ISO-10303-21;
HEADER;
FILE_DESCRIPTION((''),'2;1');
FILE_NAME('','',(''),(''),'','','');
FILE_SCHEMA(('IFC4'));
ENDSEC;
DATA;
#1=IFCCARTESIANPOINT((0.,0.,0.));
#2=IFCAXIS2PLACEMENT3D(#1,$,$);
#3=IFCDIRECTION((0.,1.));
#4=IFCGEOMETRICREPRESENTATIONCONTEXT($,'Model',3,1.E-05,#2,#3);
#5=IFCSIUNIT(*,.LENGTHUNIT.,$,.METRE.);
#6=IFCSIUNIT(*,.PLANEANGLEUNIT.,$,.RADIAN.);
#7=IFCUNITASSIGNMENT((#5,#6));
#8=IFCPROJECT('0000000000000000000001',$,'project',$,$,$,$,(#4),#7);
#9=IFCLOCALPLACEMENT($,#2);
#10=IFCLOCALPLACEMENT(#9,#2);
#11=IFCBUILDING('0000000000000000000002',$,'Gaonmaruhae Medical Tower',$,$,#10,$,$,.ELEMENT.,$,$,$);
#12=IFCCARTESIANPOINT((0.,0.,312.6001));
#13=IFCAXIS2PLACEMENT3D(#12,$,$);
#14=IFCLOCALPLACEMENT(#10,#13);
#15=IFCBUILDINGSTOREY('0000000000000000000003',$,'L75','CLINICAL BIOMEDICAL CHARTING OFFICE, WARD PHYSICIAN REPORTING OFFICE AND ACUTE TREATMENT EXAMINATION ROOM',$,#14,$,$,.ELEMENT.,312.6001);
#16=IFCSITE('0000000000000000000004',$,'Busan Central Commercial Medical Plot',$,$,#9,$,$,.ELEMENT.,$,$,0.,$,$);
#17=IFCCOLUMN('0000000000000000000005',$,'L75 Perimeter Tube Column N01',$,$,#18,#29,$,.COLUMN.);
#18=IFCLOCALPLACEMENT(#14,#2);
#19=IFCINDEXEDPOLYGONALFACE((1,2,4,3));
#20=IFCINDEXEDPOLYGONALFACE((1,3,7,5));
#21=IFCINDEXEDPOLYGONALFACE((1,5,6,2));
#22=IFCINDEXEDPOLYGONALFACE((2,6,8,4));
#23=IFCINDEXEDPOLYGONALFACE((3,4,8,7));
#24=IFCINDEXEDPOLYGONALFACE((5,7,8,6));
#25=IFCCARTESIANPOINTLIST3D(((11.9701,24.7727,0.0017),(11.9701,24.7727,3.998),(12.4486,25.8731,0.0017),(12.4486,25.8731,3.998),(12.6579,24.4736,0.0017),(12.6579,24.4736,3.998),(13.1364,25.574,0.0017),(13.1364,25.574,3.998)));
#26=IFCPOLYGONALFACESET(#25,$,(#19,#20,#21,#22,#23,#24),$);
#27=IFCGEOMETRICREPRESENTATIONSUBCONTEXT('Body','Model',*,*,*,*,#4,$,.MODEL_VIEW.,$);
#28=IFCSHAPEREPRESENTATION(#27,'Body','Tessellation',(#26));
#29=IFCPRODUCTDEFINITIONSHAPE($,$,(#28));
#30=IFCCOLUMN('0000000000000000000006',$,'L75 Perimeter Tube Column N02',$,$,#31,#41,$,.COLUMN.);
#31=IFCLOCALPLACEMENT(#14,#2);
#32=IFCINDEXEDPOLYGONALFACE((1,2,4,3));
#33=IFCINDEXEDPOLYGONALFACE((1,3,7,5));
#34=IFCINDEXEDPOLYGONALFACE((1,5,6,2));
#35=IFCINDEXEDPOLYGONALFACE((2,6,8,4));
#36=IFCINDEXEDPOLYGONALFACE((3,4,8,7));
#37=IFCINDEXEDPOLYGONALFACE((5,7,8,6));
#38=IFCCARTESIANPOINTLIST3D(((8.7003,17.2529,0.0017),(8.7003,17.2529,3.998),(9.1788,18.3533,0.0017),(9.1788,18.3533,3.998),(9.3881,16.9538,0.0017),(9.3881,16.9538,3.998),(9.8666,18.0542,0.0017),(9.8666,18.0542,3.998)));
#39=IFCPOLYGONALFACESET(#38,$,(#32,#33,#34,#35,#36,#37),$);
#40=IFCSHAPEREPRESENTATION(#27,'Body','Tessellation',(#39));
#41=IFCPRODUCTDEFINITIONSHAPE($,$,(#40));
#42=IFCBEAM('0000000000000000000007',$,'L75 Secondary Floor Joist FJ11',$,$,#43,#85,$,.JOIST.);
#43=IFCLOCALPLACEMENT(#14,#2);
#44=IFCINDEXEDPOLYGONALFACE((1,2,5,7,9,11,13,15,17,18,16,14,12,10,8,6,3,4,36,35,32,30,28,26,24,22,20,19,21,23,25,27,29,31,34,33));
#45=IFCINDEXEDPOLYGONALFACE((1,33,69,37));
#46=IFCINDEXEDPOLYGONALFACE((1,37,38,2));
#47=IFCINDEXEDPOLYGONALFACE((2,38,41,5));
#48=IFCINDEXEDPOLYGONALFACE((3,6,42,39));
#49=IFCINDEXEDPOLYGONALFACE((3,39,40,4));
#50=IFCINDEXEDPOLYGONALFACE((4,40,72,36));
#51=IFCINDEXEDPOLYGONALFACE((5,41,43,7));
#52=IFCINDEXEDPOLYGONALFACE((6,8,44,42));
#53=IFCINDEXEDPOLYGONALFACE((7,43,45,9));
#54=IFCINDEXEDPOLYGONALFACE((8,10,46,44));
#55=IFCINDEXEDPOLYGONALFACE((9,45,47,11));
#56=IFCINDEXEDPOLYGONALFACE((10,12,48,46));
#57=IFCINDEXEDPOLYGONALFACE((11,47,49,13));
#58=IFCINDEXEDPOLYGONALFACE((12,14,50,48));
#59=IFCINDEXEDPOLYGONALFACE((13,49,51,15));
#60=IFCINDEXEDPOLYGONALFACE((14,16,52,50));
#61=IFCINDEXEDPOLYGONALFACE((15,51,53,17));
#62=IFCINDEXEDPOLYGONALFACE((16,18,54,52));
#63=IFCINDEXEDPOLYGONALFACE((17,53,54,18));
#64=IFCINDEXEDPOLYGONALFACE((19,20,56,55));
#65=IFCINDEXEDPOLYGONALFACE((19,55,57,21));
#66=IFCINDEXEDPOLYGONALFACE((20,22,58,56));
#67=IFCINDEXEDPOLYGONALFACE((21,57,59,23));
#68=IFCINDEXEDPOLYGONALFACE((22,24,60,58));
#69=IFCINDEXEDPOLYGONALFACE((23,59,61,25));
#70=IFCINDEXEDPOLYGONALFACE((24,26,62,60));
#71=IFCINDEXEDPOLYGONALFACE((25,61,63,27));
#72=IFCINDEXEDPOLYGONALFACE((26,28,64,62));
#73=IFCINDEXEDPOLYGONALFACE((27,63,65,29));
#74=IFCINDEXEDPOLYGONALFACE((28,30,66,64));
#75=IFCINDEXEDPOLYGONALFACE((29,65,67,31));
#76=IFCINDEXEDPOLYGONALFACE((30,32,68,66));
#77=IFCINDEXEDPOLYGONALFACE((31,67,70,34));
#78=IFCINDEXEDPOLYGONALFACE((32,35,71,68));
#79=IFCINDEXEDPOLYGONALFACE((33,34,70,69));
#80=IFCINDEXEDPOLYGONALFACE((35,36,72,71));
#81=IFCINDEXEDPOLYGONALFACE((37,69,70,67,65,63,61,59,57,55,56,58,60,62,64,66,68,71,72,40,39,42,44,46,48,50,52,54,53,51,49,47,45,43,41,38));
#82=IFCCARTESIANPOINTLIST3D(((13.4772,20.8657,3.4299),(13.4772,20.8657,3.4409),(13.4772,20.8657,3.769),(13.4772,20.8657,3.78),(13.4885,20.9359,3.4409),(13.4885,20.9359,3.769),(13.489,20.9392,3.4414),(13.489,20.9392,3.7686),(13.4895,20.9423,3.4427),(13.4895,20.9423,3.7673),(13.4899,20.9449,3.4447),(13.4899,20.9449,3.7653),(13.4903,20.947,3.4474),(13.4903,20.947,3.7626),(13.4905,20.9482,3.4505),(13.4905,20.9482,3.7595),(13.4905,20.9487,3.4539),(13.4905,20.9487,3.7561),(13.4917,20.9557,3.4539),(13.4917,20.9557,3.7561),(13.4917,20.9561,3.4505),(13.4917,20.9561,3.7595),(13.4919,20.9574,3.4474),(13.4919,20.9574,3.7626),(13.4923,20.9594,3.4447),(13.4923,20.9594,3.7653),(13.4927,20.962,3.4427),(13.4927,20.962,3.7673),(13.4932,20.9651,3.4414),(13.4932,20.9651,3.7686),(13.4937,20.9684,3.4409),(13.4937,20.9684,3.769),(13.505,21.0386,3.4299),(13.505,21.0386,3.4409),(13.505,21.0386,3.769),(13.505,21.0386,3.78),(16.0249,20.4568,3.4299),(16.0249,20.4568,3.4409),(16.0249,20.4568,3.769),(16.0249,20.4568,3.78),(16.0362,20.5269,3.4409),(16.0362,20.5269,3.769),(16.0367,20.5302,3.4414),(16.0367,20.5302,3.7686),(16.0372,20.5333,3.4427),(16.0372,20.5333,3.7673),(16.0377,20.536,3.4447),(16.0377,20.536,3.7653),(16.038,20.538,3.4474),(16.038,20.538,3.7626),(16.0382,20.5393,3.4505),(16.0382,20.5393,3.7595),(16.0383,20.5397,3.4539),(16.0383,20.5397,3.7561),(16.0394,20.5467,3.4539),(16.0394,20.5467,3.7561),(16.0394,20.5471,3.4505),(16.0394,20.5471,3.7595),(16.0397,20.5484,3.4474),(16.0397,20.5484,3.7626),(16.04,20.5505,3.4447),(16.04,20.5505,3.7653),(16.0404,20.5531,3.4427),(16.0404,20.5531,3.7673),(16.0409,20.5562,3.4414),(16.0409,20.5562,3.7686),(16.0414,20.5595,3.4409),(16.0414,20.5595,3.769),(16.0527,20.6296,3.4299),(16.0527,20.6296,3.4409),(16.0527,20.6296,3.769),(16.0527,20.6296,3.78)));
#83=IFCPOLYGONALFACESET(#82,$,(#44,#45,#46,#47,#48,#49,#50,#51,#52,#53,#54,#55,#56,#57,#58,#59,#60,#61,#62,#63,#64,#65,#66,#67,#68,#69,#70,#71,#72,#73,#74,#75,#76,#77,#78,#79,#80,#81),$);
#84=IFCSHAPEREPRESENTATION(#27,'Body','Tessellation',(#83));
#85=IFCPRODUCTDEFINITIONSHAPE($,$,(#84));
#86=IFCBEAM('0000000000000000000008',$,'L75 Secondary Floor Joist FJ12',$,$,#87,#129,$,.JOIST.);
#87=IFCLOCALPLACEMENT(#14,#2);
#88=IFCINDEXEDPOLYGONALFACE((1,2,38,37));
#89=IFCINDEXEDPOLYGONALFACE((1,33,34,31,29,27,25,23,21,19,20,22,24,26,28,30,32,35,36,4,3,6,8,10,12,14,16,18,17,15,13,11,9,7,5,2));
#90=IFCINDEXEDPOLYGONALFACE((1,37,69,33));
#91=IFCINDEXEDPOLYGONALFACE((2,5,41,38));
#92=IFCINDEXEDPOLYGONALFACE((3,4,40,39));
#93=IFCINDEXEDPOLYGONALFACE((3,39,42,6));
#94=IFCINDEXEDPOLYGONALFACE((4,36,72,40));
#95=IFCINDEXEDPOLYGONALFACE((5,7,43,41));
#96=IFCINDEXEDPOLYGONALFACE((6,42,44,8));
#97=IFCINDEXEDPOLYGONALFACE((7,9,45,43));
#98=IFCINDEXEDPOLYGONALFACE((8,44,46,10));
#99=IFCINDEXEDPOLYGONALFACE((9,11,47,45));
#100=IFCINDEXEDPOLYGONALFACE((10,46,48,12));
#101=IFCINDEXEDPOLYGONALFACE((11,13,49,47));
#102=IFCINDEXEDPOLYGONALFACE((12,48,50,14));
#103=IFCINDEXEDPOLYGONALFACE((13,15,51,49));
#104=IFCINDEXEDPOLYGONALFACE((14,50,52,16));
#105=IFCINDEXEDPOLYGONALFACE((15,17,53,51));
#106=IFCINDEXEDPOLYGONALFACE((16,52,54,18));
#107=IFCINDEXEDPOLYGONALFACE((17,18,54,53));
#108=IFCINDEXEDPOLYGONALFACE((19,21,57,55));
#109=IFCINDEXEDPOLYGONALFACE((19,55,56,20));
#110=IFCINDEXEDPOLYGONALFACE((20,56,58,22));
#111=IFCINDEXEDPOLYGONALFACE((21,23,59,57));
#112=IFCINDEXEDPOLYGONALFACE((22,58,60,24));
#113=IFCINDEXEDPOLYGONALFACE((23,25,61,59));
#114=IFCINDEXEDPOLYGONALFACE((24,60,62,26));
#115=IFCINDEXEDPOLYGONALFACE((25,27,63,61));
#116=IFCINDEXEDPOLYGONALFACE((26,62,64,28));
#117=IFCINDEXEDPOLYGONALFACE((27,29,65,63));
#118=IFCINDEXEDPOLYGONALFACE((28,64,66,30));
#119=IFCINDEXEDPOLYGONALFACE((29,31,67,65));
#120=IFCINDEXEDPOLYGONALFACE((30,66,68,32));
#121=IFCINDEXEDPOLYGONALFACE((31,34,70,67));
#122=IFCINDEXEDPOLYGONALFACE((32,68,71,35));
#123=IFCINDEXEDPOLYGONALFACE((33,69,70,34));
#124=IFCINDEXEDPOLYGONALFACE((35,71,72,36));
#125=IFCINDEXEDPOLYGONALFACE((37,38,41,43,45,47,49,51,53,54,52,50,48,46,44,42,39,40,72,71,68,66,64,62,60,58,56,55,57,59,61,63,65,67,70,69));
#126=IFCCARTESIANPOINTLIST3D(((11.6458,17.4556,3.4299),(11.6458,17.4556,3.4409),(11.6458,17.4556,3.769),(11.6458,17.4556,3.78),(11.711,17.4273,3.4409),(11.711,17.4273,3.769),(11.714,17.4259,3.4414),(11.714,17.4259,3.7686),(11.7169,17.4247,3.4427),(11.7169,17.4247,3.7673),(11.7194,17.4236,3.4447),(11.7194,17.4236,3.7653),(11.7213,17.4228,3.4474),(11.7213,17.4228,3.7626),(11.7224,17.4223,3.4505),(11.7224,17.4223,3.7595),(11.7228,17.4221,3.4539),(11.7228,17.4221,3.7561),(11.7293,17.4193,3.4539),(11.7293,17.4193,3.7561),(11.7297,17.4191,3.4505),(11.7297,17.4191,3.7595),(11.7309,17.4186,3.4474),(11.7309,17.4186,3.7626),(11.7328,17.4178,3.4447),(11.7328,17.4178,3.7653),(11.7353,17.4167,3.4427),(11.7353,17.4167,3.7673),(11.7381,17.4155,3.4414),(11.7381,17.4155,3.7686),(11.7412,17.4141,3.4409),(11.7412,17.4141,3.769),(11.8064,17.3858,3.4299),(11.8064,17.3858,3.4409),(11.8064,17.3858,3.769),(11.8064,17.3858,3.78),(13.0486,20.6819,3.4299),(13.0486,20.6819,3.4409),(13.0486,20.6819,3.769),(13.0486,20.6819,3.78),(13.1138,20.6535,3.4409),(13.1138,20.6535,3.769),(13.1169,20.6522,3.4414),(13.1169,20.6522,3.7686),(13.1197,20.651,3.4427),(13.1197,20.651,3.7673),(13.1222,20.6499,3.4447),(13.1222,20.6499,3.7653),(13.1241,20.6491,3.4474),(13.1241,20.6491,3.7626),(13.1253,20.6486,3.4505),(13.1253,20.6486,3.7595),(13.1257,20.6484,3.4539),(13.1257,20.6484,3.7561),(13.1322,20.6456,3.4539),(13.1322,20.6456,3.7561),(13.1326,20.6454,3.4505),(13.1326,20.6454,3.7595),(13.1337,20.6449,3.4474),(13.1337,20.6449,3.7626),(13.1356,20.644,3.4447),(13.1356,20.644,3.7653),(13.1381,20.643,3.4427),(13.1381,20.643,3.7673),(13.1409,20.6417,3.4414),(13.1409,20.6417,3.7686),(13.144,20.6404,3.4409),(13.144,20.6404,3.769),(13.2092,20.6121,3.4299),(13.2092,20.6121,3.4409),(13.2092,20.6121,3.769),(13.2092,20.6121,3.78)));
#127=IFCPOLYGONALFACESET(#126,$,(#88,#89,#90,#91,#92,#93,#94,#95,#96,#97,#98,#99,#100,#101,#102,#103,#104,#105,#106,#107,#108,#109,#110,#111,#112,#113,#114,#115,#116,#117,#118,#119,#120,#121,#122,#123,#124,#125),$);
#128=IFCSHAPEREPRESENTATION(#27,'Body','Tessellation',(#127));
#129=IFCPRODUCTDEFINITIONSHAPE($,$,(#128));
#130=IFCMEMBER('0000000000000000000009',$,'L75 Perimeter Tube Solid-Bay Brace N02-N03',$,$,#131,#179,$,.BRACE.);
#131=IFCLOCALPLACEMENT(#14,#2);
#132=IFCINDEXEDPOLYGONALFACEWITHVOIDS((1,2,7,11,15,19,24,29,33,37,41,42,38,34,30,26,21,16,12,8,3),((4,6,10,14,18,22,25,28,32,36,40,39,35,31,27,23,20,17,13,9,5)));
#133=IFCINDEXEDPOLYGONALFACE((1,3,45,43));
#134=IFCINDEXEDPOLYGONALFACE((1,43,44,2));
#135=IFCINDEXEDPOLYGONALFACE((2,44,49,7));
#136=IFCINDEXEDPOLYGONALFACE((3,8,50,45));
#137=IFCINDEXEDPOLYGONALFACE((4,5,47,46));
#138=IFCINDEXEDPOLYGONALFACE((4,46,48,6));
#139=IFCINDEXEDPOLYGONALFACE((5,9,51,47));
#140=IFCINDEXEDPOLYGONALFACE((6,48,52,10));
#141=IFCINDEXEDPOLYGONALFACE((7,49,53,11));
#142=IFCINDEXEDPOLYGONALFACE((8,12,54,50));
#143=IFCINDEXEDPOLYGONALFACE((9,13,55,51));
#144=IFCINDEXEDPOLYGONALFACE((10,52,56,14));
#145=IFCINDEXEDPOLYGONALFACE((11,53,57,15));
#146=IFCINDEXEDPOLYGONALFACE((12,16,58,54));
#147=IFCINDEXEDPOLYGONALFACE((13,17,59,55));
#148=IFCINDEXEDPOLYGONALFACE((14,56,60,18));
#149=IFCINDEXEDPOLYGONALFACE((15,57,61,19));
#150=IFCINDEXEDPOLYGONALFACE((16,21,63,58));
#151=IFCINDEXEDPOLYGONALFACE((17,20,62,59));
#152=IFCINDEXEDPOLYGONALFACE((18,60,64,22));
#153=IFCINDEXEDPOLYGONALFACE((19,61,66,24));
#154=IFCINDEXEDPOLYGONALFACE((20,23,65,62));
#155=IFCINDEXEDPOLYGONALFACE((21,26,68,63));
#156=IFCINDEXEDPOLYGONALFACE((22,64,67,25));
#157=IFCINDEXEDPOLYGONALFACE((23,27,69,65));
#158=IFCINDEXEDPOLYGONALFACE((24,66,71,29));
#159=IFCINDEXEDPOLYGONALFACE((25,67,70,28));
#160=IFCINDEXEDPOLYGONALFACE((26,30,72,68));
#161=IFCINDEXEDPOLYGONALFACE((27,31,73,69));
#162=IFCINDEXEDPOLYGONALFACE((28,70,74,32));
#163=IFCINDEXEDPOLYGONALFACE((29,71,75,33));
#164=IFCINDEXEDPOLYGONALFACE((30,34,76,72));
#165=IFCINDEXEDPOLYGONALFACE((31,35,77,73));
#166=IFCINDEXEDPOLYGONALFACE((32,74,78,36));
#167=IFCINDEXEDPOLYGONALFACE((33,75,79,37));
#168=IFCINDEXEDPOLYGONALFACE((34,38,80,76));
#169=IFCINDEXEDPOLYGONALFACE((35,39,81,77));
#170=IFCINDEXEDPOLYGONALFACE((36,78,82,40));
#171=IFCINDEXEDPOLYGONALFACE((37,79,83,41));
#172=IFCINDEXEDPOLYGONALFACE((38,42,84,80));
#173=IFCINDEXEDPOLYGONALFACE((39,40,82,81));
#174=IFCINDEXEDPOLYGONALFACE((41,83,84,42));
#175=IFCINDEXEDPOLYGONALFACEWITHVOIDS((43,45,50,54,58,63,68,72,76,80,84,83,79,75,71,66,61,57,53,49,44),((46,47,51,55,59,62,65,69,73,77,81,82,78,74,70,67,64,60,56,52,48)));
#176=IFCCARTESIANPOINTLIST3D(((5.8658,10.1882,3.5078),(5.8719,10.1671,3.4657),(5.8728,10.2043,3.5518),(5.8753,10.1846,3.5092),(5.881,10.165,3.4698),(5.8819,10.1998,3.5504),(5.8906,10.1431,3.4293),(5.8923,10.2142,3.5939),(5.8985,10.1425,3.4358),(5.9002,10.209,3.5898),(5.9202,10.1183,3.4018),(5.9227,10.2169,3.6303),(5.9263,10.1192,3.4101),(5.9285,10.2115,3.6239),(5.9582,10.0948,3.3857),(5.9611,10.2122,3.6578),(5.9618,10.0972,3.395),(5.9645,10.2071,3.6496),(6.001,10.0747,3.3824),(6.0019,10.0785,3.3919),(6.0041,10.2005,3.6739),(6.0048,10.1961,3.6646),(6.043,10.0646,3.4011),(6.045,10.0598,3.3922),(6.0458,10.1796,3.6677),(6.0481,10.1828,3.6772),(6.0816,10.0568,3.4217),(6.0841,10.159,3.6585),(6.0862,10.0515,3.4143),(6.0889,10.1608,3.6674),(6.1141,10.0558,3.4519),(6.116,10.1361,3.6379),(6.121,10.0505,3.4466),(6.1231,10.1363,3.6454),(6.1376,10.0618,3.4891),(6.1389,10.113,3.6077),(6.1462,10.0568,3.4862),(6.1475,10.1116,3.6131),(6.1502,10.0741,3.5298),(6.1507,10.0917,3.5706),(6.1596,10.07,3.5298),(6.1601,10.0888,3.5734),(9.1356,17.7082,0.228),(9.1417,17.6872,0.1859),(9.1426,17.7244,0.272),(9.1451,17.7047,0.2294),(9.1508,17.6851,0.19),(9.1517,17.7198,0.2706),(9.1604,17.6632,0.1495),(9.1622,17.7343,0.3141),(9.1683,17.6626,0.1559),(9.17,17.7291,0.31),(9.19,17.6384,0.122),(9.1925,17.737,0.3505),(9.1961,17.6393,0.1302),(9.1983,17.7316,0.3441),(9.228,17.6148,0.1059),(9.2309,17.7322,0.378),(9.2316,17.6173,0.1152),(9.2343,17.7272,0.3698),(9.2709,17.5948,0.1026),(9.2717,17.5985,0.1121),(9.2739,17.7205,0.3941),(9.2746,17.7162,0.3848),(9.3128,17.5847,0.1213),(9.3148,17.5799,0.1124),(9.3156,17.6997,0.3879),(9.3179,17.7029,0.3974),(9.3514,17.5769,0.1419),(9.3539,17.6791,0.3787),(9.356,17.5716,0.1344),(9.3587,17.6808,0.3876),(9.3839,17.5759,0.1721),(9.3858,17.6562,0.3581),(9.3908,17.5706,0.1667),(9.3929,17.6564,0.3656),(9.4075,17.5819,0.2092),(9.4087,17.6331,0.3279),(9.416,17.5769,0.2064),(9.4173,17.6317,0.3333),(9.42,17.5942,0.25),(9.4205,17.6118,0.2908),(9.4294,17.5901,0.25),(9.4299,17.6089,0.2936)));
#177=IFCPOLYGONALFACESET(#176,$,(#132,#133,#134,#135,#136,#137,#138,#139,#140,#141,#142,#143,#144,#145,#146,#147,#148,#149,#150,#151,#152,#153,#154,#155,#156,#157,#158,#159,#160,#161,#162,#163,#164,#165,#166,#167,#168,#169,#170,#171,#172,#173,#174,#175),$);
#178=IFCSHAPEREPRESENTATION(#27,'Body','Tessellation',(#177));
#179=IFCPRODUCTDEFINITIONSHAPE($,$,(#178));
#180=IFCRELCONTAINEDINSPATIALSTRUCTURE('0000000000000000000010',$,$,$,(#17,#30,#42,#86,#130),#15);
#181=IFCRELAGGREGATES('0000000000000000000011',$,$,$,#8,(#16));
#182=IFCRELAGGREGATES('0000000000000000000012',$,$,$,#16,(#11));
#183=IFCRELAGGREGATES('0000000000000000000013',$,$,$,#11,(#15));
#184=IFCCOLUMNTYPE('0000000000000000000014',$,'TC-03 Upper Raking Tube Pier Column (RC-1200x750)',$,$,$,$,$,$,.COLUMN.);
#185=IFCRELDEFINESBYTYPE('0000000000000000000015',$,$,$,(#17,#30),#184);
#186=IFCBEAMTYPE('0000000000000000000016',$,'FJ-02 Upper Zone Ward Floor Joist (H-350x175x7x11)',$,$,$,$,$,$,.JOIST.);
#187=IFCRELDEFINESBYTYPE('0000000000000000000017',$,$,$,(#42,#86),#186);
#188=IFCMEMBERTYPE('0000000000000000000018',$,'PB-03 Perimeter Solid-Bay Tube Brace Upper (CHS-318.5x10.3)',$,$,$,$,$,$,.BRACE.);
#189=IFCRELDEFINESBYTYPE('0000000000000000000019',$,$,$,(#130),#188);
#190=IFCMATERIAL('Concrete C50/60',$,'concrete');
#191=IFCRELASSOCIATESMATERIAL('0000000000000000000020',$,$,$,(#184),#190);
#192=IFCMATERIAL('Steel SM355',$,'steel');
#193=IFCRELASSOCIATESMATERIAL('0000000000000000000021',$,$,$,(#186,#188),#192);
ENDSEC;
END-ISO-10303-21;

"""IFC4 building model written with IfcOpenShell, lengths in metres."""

from ifc_helpers import new_model, si_unit, direction, frame, origin, origin_2d, place, context, subcontext, project, spatial, rectangle, hollow_circle, i_section, extrude, material, material_profile, profile_set, type_object, element, save


model = new_model("IFC4")

# Units and contexts
model_context = context("Model", 3, precision=1e-05, world=origin(), true_north=direction((0.0, 1.0)))
body_context = subcontext(model_context, "Body", "Model", "MODEL_VIEW")
ifc_project = project(units=[si_unit("LENGTHUNIT", "METRE"), si_unit("PLANEANGLEUNIT", "RADIAN")], contexts=[model_context])

# Site, building, storey
site_placement = place(None, origin())
site = spatial("IfcSite", under=ifc_project, at=site_placement, Name="Busan Central Commercial Medical Plot", CompositionType="ELEMENT", RefElevation=0.0)
building_placement = place(site_placement, origin())
building = spatial("IfcBuilding", under=site, at=building_placement, Name="Gaonmaruhae Medical Tower", CompositionType="ELEMENT")
storey_placement = place(building_placement, frame((0.0, 0.0, 312.6001)))
storey = spatial("IfcBuildingStorey", under=building, at=storey_placement, Name="L75", Description="CLINICAL BIOMEDICAL CHARTING OFFICE, WARD PHYSICIAN REPORTING OFFICE AND ACUTE TREATMENT EXAMINATION ROOM", CompositionType="ELEMENT", Elevation=312.6001)

# Columns
ifc_material_1 = material(Name="Concrete C50/60", Category="concrete")
ifc_material_profile_1 = material_profile(ifc_material_1, rectangle(XDim=1.2, YDim=0.75, at=origin_2d()), Name="RC-1200x750")
ifc_profile_set_1 = profile_set([ifc_material_profile_1], Name="Concrete C50/60")
column_type = type_object("IfcColumnType", Name="TC-03 Upper Raking Tube Pier Column (RC-1200x750)", PredefinedType="COLUMN", material=ifc_profile_set_1)
for number, where, z_axis, x_axis, name in (
    (1, (12.5532, 25.1733, 0.0017), (0.0, 0.0, 1.0), (0.398749, 0.91706, 0.0), "L75 Perimeter Tube Column N01"),
    (2, (9.2834, 17.6536, 0.0017), (0.0, 0.0, 1.0), (0.398749, 0.91706, 0.0), "L75 Perimeter Tube Column N02"),
):
    element("IfcColumn", number, at=place(storey_placement, frame(where, z_axis=z_axis, x_axis=x_axis)), inside=storey, type_object=column_type, Name=name, PredefinedType="COLUMN", context=body_context, shape_type="SweptSolid", body=[
        extrude(rectangle(XDim=1.2, YDim=0.75, at=origin_2d()), origin(), (0.0, 0.0, 1.0), 3.9963),
    ])

# Beams
ifc_material_2 = material(Name="Steel SM355", Category="steel")
ifc_material_profile_2 = material_profile(ifc_material_2, i_section(OverallWidth=0.175, OverallDepth=0.3501, WebThickness=0.0071, FlangeThickness=0.011, FilletRadius=0.0129, at=origin_2d()), Name="H-350x175x7x11")
ifc_profile_set_2 = profile_set([ifc_material_profile_2], Name="Steel SM355")
beam_type_1 = type_object("IfcBeamType", Name="FJ-02 Upper Zone Ward Floor Joist (H-350x175x7x11)", PredefinedType="JOIST", material=ifc_profile_set_2)
beam_1_placement = place(storey_placement, frame((16.0388, 20.5432, 3.605), z_axis=(-0.987361, 0.158489, 0.0), x_axis=(-0.158489, -0.987361, 0.0)))
element("IfcBeam", 3, at=beam_1_placement, inside=storey, type_object=beam_type_1, Name="L75 Secondary Floor Joist FJ11", PredefinedType="JOIST", context=body_context, shape_type="SweptSolid", body=[
    extrude(i_section(OverallWidth=0.175, OverallDepth=0.3501, WebThickness=0.0071, FlangeThickness=0.011, FilletRadius=0.0129, at=origin_2d()), origin(), (0.0, 0.0, 1.0), 2.5803),
])
beam_2_placement = place(storey_placement, frame((13.1289, 20.647, 3.605), z_axis=(-0.398746, -0.917061, 0.0), x_axis=(0.917061, -0.398746, 0.0)))
element("IfcBeam", 4, at=beam_2_placement, inside=storey, type_object=beam_type_1, Name="L75 Secondary Floor Joist FJ12", PredefinedType="JOIST", context=body_context, shape_type="SweptSolid", body=[
    extrude(i_section(OverallWidth=0.175, OverallDepth=0.3501, WebThickness=0.0071, FlangeThickness=0.011, FilletRadius=0.0129, at=origin_2d()), origin(), (0.0, 0.0, 1.0), 3.5181),
])

# Member
ifc_material_profile_3 = material_profile(ifc_material_2, hollow_circle(Radius=0.1592, WallThickness=0.0103, at=origin_2d()), Name="CHS-318.5x10.3")
ifc_profile_set_3 = profile_set([ifc_material_profile_3], Name="Steel SM355")
member_type = type_object("IfcMemberType", Name="PB-03 Perimeter Solid-Bay Tube Brace Upper (CHS-318.5x10.3)", PredefinedType="BRACE", material=ifc_profile_set_3)
member_placement = place(storey_placement, frame((9.2834, 17.6536, 0.25), z_axis=(-0.370231, -0.851479, 0.371365), x_axis=(0.917061, -0.398747, 0.0)))
element("IfcMember", 5, at=member_placement, inside=storey, type_object=member_type, Name="L75 Perimeter Tube Solid-Bay Brace N02-N03", PredefinedType="BRACE", context=body_context, shape_type="SweptSolid", body=[
    extrude(hollow_circle(Radius=0.1592, WallThickness=0.0103, at=origin_2d()), origin(), (0.0, 0.0, 1.0), 8.8318),
])

save(model, "model.ifc")
